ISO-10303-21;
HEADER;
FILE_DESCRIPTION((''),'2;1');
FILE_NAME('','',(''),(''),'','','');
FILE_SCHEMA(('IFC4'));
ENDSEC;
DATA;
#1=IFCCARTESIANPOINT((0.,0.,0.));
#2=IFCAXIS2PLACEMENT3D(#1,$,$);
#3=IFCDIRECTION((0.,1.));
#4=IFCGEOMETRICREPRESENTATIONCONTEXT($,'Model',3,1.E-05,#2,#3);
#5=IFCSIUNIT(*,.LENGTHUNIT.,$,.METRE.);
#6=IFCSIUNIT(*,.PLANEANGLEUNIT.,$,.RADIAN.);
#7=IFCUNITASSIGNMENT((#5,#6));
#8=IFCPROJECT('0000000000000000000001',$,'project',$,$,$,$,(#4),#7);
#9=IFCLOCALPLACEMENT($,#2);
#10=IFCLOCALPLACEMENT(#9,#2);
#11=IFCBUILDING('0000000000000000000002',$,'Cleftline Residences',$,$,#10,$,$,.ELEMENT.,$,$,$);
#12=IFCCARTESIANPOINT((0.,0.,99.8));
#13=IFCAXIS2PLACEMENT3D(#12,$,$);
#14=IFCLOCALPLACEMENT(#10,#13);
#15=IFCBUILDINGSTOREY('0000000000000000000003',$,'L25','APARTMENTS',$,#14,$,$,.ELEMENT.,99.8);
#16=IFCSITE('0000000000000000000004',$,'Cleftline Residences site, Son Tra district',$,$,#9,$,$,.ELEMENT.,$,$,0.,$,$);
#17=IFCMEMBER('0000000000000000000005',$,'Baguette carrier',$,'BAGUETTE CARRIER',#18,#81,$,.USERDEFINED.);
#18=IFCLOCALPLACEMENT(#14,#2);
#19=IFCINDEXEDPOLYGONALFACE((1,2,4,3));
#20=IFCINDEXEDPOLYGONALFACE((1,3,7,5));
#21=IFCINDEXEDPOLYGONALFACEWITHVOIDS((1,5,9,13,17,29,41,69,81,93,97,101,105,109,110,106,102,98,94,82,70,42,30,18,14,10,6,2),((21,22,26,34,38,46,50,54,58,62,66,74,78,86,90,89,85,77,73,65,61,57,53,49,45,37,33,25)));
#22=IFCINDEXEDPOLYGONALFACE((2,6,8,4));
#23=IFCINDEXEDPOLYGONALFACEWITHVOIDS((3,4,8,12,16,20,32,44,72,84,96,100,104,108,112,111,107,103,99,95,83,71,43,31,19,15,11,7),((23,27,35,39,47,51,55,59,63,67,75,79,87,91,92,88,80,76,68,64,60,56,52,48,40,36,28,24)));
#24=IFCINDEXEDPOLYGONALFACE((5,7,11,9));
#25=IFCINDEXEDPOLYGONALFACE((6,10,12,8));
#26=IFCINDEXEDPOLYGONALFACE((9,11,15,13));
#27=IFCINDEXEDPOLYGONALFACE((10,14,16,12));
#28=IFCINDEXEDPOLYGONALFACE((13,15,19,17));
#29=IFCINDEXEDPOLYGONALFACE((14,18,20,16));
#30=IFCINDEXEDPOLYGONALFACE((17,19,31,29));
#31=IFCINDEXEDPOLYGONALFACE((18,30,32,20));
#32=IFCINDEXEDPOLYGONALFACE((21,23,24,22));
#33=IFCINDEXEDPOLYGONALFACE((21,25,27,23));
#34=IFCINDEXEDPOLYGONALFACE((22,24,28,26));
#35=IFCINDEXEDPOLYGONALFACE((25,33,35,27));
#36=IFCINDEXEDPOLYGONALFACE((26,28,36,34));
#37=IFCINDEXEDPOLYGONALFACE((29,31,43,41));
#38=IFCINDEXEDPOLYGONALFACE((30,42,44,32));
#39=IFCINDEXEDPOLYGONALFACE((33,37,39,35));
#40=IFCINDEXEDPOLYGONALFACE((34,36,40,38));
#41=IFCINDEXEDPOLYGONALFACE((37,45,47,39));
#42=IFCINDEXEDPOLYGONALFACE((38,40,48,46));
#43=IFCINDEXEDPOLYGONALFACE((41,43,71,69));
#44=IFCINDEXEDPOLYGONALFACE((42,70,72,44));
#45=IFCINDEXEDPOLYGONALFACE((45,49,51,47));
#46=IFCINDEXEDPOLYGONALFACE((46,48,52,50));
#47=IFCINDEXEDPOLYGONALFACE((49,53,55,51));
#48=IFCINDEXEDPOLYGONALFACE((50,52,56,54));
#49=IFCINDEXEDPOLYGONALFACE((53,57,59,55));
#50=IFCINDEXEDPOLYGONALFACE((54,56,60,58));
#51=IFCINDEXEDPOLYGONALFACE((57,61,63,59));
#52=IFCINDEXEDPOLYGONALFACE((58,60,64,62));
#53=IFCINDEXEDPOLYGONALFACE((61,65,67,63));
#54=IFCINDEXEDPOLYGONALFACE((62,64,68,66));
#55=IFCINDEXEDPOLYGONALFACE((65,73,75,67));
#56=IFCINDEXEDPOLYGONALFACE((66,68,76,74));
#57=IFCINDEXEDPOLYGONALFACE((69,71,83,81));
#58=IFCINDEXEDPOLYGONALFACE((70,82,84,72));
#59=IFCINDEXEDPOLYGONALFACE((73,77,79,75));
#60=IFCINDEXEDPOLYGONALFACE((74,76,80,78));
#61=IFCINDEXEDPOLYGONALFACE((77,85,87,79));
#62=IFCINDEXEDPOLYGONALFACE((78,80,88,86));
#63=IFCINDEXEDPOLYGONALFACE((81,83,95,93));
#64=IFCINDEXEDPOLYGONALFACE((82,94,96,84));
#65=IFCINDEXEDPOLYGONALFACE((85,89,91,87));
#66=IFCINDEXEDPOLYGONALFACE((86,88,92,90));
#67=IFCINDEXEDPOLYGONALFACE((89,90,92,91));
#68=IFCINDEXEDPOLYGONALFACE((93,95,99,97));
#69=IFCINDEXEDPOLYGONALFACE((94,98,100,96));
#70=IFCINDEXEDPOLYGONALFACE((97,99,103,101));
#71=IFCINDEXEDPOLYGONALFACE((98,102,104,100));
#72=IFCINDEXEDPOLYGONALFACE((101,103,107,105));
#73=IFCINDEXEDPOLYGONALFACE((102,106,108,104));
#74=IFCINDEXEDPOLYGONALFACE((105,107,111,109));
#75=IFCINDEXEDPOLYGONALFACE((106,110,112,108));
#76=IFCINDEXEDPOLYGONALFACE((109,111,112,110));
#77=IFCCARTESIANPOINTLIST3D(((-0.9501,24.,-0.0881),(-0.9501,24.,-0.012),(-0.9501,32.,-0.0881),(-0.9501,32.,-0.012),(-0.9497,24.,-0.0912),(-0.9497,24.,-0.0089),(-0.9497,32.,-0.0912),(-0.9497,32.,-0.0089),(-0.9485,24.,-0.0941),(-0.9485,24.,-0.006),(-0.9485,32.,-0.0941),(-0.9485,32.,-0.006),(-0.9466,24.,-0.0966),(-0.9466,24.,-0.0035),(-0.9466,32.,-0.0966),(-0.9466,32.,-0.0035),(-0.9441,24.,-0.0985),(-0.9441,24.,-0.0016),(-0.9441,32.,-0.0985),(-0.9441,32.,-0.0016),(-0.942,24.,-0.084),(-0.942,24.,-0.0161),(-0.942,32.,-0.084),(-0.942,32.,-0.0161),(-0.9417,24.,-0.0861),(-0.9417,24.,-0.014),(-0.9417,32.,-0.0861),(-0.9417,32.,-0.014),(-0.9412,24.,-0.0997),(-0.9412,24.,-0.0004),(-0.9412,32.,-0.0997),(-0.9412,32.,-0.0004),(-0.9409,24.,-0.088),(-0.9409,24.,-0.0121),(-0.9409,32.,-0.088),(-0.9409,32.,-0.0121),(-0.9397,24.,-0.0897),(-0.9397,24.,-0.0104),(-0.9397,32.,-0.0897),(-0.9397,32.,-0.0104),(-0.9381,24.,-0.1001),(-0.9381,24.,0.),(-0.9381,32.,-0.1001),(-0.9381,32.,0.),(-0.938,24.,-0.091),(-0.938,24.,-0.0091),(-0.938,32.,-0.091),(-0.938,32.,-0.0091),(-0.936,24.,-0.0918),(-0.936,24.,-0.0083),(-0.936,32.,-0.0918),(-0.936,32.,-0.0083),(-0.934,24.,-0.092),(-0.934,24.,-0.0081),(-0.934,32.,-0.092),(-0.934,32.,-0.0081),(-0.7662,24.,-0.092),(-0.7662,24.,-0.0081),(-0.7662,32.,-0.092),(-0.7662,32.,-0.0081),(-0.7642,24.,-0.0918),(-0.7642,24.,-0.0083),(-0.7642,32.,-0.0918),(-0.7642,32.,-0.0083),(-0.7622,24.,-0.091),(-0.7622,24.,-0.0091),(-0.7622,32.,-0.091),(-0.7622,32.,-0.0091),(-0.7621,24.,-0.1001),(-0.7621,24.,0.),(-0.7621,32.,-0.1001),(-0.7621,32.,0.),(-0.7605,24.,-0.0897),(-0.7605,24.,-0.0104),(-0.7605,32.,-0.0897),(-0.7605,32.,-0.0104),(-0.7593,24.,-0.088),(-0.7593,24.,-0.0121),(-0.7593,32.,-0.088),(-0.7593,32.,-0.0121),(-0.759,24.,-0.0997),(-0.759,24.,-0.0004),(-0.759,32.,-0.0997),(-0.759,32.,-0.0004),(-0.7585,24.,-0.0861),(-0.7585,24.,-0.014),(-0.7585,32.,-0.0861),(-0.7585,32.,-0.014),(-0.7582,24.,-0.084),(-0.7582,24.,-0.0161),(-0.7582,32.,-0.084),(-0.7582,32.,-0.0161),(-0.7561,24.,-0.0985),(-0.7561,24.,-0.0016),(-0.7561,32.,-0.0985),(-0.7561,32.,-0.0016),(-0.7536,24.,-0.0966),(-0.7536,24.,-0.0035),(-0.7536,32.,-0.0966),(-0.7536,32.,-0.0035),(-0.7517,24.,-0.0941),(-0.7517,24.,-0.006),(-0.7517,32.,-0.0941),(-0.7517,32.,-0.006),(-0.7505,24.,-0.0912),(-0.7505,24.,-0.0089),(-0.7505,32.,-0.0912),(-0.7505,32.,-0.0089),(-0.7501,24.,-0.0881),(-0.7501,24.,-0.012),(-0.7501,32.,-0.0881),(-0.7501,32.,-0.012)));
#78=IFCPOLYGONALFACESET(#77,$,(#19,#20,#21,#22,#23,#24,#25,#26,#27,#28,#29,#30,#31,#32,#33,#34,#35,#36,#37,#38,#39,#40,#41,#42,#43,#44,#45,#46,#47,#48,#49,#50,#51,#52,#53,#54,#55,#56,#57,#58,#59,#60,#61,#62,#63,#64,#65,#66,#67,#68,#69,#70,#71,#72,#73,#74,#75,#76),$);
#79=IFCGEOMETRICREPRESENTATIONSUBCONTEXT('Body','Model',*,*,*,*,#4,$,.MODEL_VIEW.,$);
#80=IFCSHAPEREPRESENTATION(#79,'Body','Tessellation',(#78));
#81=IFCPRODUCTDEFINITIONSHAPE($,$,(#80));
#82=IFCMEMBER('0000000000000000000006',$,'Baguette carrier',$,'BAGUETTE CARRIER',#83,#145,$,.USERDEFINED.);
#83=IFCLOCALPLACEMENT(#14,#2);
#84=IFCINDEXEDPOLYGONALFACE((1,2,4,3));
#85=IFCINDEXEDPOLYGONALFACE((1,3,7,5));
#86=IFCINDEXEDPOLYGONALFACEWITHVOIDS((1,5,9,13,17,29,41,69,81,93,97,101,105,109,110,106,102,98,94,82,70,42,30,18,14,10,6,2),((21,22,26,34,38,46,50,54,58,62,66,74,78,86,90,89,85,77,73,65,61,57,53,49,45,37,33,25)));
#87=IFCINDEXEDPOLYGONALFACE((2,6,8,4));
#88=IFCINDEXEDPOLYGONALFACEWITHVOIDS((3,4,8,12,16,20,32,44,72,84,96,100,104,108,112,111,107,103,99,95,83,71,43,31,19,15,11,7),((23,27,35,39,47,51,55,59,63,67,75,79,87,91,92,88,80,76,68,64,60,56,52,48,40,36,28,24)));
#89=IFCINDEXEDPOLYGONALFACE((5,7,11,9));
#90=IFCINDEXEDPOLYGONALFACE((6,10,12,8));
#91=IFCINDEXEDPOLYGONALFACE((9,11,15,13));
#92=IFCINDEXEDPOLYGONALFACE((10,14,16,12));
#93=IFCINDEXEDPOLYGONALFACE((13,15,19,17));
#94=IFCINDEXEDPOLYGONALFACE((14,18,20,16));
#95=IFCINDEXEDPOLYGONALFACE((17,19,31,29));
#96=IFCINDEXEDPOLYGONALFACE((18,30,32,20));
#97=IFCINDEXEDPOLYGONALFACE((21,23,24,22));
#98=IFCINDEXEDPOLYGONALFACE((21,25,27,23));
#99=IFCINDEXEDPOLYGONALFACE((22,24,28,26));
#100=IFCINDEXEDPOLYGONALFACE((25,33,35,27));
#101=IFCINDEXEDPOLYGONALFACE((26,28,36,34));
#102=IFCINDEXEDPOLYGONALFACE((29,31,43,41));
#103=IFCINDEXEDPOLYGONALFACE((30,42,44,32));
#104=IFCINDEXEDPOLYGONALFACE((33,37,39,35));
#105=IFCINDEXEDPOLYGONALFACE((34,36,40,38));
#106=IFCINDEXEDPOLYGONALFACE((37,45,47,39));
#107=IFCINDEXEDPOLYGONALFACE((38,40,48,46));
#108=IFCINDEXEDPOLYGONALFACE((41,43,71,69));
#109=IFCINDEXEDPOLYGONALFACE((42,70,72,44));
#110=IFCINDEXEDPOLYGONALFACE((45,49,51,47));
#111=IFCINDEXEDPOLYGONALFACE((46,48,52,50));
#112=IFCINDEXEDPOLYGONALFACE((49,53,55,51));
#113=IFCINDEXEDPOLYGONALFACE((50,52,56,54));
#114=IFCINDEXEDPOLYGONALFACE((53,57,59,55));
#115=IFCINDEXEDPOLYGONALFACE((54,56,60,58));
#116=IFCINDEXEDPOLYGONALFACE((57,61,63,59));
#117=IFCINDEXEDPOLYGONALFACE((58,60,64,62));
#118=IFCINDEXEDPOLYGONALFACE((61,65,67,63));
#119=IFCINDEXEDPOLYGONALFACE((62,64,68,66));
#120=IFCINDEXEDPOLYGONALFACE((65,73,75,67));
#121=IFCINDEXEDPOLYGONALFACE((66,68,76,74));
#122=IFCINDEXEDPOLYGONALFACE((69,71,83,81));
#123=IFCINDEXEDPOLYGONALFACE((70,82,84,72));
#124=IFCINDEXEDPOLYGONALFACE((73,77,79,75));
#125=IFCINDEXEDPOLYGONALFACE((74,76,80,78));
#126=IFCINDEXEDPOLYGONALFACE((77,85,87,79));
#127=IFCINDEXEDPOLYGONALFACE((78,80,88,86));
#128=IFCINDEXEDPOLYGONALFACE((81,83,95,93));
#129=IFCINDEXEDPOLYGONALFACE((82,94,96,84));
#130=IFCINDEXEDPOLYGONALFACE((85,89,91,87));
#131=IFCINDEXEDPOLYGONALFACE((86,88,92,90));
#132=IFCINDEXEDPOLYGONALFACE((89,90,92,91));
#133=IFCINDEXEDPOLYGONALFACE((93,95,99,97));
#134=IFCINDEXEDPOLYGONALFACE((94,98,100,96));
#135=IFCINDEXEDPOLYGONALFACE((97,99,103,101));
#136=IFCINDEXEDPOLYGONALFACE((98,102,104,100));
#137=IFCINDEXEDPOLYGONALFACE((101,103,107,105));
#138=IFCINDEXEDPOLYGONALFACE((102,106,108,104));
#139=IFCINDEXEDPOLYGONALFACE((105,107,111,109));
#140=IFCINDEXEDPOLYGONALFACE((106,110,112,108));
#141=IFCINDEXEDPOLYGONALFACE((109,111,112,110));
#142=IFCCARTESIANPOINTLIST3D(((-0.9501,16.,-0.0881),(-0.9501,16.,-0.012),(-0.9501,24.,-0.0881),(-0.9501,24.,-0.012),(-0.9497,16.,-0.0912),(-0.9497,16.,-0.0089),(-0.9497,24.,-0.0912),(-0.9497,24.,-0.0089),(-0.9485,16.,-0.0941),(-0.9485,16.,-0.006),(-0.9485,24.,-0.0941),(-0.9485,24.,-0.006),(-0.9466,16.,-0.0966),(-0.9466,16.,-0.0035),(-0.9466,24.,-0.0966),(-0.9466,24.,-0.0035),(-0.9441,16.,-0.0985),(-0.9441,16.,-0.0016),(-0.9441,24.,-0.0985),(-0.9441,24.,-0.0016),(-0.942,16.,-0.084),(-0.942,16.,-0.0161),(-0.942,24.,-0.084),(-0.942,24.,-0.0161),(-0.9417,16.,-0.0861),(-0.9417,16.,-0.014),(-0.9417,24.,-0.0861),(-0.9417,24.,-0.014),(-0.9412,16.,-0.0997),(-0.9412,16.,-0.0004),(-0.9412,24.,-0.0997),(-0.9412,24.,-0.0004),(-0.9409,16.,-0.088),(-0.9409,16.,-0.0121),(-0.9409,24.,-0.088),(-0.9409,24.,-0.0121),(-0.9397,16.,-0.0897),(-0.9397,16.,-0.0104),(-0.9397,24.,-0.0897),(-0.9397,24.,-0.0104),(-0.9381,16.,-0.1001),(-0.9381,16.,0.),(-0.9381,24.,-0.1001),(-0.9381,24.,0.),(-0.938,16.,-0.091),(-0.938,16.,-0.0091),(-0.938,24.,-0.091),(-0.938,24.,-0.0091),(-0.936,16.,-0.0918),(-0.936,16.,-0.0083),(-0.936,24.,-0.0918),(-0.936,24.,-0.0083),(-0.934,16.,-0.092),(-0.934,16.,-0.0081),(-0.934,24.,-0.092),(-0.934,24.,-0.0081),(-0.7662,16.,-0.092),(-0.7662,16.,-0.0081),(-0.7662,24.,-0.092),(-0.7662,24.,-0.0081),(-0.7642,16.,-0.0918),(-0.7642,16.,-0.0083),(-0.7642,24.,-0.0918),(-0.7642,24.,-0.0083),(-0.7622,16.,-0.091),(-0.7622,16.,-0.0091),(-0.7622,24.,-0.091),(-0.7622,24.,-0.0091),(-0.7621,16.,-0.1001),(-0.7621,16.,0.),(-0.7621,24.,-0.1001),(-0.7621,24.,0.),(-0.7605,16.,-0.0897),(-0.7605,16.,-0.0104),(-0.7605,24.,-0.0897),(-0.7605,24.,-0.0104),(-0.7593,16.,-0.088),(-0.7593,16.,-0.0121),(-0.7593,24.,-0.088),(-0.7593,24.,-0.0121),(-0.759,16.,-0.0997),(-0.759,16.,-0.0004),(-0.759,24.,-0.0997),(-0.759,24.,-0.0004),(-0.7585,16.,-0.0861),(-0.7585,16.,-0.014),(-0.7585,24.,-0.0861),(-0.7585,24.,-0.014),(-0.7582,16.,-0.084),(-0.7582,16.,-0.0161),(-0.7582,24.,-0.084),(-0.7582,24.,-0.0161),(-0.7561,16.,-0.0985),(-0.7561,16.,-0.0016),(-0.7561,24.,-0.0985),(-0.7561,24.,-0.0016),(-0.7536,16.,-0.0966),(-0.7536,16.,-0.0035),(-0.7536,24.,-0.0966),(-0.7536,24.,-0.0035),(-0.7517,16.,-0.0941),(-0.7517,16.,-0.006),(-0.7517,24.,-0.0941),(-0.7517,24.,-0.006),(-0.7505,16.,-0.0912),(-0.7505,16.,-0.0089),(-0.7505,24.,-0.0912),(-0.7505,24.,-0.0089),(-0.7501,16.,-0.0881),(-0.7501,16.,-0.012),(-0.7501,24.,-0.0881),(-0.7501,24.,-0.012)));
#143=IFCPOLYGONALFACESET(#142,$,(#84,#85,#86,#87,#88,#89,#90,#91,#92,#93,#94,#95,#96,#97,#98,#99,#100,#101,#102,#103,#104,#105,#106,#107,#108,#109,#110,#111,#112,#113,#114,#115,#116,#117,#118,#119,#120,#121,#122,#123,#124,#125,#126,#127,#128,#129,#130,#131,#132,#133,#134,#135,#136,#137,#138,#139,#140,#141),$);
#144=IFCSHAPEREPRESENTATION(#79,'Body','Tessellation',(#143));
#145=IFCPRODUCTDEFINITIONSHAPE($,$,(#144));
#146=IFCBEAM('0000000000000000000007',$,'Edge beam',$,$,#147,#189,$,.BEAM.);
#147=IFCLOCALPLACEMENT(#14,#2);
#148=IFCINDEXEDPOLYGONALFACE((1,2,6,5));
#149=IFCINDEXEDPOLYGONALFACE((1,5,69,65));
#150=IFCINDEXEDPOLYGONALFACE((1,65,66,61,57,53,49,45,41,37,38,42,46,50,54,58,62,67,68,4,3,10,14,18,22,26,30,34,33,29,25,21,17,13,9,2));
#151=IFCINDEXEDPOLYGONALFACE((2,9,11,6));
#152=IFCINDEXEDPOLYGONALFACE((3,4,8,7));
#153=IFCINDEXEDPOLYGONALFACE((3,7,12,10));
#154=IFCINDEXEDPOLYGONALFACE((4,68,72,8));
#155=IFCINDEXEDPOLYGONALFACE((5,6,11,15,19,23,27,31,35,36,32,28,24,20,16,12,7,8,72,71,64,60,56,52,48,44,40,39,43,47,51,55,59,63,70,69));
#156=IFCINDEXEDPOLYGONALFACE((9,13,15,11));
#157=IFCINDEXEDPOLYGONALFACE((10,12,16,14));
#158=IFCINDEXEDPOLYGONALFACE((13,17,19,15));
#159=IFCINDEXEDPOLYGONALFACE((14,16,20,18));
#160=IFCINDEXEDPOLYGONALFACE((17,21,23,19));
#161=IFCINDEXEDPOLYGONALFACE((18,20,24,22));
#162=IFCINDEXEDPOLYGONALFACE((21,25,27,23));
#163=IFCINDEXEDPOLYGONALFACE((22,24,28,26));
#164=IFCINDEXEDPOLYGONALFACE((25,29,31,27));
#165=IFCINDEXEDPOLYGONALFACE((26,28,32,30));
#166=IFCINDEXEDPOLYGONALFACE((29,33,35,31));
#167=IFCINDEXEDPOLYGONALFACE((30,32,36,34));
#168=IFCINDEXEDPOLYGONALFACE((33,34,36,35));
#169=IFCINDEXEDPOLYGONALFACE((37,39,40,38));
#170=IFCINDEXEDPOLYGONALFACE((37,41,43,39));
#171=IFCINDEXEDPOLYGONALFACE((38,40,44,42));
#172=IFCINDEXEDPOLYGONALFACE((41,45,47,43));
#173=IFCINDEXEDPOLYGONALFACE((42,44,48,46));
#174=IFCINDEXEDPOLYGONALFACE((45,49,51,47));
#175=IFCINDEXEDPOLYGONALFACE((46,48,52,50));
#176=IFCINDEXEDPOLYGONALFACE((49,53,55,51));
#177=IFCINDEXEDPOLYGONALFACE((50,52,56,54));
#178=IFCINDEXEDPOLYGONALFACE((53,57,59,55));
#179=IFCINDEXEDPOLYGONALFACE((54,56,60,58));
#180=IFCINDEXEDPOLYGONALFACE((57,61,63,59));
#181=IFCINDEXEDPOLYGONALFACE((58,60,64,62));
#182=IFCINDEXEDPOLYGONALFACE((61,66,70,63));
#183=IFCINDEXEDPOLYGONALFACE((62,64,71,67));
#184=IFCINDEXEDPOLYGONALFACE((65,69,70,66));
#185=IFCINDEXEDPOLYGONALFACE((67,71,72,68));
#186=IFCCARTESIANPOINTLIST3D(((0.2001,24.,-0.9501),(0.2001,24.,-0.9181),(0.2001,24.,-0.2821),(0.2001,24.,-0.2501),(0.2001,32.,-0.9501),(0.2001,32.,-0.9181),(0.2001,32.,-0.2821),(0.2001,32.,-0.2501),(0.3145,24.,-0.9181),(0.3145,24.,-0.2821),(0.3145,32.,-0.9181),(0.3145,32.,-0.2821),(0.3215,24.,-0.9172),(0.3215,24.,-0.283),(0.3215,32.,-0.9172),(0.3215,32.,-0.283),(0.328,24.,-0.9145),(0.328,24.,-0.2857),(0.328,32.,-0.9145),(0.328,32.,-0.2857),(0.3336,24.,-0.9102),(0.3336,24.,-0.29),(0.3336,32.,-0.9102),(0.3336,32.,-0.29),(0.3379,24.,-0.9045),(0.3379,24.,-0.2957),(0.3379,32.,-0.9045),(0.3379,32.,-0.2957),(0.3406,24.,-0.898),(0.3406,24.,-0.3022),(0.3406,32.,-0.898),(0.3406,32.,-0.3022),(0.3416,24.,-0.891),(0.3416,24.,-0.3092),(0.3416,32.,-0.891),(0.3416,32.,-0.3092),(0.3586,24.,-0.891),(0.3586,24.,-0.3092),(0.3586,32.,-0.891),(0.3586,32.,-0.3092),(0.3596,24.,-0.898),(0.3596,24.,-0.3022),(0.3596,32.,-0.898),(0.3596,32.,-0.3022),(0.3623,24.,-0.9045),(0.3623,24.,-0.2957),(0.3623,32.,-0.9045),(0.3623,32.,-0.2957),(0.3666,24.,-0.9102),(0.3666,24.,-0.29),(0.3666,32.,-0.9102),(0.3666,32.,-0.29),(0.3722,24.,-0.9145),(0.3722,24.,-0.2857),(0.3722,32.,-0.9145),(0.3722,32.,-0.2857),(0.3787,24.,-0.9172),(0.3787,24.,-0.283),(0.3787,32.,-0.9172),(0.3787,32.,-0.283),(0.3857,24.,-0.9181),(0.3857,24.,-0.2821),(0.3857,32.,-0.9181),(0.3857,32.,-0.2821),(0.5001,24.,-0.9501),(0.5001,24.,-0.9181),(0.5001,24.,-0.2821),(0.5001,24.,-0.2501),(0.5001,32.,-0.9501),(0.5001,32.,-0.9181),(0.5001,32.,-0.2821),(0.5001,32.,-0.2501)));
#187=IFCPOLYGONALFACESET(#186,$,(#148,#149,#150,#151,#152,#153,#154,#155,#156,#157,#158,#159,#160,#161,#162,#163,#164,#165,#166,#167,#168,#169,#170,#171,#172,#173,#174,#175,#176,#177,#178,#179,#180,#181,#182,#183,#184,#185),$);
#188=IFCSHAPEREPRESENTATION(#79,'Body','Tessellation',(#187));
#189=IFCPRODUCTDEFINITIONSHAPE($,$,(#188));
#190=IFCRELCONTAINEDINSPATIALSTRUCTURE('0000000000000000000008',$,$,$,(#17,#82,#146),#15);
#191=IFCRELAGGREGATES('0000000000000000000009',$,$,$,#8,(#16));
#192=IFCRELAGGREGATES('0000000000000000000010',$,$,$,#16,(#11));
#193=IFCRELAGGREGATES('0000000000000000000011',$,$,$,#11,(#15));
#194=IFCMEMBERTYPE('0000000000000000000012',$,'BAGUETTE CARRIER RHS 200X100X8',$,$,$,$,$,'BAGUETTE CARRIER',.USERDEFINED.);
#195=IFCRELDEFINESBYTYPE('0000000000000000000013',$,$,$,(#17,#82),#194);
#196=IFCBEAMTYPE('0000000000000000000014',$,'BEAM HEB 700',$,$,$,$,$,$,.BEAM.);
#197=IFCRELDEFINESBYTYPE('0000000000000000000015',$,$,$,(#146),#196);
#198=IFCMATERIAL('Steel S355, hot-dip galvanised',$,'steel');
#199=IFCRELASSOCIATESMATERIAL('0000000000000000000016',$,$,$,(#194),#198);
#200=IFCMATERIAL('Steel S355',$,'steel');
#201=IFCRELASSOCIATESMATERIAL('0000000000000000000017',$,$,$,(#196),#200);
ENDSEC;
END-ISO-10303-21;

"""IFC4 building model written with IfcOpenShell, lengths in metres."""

from ifc_helpers import new_model, si_unit, direction, frame, origin, origin_2d, place, context, subcontext, project, spatial, hollow_rectangle, i_section, extrude, material, material_profile, profile_set, type_object, element, save


model = new_model("IFC4")

# Units and contexts
model_context = context("Model", 3, precision=1e-05, world=origin(), true_north=direction((0.0, 1.0)))
body_context = subcontext(model_context, "Body", "Model", "MODEL_VIEW")
ifc_project = project(units=[si_unit("LENGTHUNIT", "METRE"), si_unit("PLANEANGLEUNIT", "RADIAN")], contexts=[model_context])

# Site, building, storey
site_placement = place(None, origin())
site = spatial("IfcSite", under=ifc_project, at=site_placement, Name="Cleftline Residences site, Son Tra district", CompositionType="ELEMENT", RefElevation=0.0)
building_placement = place(site_placement, origin())
building = spatial("IfcBuilding", under=site, at=building_placement, Name="Cleftline Residences", CompositionType="ELEMENT")
storey_placement = place(building_placement, frame((0.0, 0.0, 99.8)))
storey = spatial("IfcBuildingStorey", under=building, at=storey_placement, Name="L25", Description="APARTMENTS", CompositionType="ELEMENT", Elevation=99.8)

# Members
ifc_material_1 = material(Name="Steel S355, hot-dip galvanised", Category="steel")
ifc_material_profile_1 = material_profile(ifc_material_1, hollow_rectangle(XDim=0.1001, YDim=0.2, WallThickness=0.0081, InnerFilletRadius=0.0081, OuterFilletRadius=0.012, at=origin_2d()))
ifc_profile_set_1 = profile_set([ifc_material_profile_1], Name="Steel S355, hot-dip galvanised")
member_type_1 = type_object("IfcMemberType", Name="BAGUETTE CARRIER RHS 200X100X8", ElementType="BAGUETTE CARRIER", PredefinedType="USERDEFINED", material=ifc_profile_set_1)
for number, where, z_axis, x_axis, name in (
    (1, (-0.8501, 32.0, -0.05), (0.0, -1.0, 0.0), (0.0, 0.0, 1.0), "Baguette carrier"),
    (2, (-0.8501, 24.0, -0.05), (0.0, -1.0, 0.0), (0.0, 0.0, 1.0), "Baguette carrier"),
):
    element("IfcMember", number, at=place(storey_placement, frame(where, z_axis=z_axis, x_axis=x_axis)), inside=storey, type_object=member_type_1, Name=name, ObjectType="BAGUETTE CARRIER", PredefinedType="USERDEFINED", context=body_context, shape_type="SweptSolid", body=[
        extrude(hollow_rectangle(XDim=0.1001, YDim=0.2, WallThickness=0.0081, InnerFilletRadius=0.0081, OuterFilletRadius=0.012, at=origin_2d()), origin(), (0.0, 0.0, 1.0), 8.0),
    ])

# Beam
ifc_material_2 = material(Name="Steel S355", Category="steel")
ifc_material_profile_2 = material_profile(ifc_material_2, i_section(OverallWidth=0.3, OverallDepth=0.7, WebThickness=0.0171, FlangeThickness=0.032, FilletRadius=0.0271, at=origin_2d()))
ifc_profile_set_2 = profile_set([ifc_material_profile_2], Name="Steel S355")
beam_type_1 = type_object("IfcBeamType", Name="BEAM HEB 700", PredefinedType="BEAM", material=ifc_profile_set_2)
for number, where, z_axis, x_axis, name in (
    (3, (0.3501, 24.0, -0.6001), (0.0, 1.0, 0.0), (-1.0, 0.0, 0.0), "Edge beam"),
):
    element("IfcBeam", number, at=place(storey_placement, frame(where, z_axis=z_axis, x_axis=x_axis)), inside=storey, type_object=beam_type_1, Name=name, PredefinedType="BEAM", context=body_context, shape_type="SweptSolid", body=[
        extrude(i_section(OverallWidth=0.3, OverallDepth=0.7, WebThickness=0.0171, FlangeThickness=0.032, FilletRadius=0.0271, at=origin_2d()), origin(), (0.0, 0.0, 1.0), 8.0),
    ])

save(model, "model.ifc")
